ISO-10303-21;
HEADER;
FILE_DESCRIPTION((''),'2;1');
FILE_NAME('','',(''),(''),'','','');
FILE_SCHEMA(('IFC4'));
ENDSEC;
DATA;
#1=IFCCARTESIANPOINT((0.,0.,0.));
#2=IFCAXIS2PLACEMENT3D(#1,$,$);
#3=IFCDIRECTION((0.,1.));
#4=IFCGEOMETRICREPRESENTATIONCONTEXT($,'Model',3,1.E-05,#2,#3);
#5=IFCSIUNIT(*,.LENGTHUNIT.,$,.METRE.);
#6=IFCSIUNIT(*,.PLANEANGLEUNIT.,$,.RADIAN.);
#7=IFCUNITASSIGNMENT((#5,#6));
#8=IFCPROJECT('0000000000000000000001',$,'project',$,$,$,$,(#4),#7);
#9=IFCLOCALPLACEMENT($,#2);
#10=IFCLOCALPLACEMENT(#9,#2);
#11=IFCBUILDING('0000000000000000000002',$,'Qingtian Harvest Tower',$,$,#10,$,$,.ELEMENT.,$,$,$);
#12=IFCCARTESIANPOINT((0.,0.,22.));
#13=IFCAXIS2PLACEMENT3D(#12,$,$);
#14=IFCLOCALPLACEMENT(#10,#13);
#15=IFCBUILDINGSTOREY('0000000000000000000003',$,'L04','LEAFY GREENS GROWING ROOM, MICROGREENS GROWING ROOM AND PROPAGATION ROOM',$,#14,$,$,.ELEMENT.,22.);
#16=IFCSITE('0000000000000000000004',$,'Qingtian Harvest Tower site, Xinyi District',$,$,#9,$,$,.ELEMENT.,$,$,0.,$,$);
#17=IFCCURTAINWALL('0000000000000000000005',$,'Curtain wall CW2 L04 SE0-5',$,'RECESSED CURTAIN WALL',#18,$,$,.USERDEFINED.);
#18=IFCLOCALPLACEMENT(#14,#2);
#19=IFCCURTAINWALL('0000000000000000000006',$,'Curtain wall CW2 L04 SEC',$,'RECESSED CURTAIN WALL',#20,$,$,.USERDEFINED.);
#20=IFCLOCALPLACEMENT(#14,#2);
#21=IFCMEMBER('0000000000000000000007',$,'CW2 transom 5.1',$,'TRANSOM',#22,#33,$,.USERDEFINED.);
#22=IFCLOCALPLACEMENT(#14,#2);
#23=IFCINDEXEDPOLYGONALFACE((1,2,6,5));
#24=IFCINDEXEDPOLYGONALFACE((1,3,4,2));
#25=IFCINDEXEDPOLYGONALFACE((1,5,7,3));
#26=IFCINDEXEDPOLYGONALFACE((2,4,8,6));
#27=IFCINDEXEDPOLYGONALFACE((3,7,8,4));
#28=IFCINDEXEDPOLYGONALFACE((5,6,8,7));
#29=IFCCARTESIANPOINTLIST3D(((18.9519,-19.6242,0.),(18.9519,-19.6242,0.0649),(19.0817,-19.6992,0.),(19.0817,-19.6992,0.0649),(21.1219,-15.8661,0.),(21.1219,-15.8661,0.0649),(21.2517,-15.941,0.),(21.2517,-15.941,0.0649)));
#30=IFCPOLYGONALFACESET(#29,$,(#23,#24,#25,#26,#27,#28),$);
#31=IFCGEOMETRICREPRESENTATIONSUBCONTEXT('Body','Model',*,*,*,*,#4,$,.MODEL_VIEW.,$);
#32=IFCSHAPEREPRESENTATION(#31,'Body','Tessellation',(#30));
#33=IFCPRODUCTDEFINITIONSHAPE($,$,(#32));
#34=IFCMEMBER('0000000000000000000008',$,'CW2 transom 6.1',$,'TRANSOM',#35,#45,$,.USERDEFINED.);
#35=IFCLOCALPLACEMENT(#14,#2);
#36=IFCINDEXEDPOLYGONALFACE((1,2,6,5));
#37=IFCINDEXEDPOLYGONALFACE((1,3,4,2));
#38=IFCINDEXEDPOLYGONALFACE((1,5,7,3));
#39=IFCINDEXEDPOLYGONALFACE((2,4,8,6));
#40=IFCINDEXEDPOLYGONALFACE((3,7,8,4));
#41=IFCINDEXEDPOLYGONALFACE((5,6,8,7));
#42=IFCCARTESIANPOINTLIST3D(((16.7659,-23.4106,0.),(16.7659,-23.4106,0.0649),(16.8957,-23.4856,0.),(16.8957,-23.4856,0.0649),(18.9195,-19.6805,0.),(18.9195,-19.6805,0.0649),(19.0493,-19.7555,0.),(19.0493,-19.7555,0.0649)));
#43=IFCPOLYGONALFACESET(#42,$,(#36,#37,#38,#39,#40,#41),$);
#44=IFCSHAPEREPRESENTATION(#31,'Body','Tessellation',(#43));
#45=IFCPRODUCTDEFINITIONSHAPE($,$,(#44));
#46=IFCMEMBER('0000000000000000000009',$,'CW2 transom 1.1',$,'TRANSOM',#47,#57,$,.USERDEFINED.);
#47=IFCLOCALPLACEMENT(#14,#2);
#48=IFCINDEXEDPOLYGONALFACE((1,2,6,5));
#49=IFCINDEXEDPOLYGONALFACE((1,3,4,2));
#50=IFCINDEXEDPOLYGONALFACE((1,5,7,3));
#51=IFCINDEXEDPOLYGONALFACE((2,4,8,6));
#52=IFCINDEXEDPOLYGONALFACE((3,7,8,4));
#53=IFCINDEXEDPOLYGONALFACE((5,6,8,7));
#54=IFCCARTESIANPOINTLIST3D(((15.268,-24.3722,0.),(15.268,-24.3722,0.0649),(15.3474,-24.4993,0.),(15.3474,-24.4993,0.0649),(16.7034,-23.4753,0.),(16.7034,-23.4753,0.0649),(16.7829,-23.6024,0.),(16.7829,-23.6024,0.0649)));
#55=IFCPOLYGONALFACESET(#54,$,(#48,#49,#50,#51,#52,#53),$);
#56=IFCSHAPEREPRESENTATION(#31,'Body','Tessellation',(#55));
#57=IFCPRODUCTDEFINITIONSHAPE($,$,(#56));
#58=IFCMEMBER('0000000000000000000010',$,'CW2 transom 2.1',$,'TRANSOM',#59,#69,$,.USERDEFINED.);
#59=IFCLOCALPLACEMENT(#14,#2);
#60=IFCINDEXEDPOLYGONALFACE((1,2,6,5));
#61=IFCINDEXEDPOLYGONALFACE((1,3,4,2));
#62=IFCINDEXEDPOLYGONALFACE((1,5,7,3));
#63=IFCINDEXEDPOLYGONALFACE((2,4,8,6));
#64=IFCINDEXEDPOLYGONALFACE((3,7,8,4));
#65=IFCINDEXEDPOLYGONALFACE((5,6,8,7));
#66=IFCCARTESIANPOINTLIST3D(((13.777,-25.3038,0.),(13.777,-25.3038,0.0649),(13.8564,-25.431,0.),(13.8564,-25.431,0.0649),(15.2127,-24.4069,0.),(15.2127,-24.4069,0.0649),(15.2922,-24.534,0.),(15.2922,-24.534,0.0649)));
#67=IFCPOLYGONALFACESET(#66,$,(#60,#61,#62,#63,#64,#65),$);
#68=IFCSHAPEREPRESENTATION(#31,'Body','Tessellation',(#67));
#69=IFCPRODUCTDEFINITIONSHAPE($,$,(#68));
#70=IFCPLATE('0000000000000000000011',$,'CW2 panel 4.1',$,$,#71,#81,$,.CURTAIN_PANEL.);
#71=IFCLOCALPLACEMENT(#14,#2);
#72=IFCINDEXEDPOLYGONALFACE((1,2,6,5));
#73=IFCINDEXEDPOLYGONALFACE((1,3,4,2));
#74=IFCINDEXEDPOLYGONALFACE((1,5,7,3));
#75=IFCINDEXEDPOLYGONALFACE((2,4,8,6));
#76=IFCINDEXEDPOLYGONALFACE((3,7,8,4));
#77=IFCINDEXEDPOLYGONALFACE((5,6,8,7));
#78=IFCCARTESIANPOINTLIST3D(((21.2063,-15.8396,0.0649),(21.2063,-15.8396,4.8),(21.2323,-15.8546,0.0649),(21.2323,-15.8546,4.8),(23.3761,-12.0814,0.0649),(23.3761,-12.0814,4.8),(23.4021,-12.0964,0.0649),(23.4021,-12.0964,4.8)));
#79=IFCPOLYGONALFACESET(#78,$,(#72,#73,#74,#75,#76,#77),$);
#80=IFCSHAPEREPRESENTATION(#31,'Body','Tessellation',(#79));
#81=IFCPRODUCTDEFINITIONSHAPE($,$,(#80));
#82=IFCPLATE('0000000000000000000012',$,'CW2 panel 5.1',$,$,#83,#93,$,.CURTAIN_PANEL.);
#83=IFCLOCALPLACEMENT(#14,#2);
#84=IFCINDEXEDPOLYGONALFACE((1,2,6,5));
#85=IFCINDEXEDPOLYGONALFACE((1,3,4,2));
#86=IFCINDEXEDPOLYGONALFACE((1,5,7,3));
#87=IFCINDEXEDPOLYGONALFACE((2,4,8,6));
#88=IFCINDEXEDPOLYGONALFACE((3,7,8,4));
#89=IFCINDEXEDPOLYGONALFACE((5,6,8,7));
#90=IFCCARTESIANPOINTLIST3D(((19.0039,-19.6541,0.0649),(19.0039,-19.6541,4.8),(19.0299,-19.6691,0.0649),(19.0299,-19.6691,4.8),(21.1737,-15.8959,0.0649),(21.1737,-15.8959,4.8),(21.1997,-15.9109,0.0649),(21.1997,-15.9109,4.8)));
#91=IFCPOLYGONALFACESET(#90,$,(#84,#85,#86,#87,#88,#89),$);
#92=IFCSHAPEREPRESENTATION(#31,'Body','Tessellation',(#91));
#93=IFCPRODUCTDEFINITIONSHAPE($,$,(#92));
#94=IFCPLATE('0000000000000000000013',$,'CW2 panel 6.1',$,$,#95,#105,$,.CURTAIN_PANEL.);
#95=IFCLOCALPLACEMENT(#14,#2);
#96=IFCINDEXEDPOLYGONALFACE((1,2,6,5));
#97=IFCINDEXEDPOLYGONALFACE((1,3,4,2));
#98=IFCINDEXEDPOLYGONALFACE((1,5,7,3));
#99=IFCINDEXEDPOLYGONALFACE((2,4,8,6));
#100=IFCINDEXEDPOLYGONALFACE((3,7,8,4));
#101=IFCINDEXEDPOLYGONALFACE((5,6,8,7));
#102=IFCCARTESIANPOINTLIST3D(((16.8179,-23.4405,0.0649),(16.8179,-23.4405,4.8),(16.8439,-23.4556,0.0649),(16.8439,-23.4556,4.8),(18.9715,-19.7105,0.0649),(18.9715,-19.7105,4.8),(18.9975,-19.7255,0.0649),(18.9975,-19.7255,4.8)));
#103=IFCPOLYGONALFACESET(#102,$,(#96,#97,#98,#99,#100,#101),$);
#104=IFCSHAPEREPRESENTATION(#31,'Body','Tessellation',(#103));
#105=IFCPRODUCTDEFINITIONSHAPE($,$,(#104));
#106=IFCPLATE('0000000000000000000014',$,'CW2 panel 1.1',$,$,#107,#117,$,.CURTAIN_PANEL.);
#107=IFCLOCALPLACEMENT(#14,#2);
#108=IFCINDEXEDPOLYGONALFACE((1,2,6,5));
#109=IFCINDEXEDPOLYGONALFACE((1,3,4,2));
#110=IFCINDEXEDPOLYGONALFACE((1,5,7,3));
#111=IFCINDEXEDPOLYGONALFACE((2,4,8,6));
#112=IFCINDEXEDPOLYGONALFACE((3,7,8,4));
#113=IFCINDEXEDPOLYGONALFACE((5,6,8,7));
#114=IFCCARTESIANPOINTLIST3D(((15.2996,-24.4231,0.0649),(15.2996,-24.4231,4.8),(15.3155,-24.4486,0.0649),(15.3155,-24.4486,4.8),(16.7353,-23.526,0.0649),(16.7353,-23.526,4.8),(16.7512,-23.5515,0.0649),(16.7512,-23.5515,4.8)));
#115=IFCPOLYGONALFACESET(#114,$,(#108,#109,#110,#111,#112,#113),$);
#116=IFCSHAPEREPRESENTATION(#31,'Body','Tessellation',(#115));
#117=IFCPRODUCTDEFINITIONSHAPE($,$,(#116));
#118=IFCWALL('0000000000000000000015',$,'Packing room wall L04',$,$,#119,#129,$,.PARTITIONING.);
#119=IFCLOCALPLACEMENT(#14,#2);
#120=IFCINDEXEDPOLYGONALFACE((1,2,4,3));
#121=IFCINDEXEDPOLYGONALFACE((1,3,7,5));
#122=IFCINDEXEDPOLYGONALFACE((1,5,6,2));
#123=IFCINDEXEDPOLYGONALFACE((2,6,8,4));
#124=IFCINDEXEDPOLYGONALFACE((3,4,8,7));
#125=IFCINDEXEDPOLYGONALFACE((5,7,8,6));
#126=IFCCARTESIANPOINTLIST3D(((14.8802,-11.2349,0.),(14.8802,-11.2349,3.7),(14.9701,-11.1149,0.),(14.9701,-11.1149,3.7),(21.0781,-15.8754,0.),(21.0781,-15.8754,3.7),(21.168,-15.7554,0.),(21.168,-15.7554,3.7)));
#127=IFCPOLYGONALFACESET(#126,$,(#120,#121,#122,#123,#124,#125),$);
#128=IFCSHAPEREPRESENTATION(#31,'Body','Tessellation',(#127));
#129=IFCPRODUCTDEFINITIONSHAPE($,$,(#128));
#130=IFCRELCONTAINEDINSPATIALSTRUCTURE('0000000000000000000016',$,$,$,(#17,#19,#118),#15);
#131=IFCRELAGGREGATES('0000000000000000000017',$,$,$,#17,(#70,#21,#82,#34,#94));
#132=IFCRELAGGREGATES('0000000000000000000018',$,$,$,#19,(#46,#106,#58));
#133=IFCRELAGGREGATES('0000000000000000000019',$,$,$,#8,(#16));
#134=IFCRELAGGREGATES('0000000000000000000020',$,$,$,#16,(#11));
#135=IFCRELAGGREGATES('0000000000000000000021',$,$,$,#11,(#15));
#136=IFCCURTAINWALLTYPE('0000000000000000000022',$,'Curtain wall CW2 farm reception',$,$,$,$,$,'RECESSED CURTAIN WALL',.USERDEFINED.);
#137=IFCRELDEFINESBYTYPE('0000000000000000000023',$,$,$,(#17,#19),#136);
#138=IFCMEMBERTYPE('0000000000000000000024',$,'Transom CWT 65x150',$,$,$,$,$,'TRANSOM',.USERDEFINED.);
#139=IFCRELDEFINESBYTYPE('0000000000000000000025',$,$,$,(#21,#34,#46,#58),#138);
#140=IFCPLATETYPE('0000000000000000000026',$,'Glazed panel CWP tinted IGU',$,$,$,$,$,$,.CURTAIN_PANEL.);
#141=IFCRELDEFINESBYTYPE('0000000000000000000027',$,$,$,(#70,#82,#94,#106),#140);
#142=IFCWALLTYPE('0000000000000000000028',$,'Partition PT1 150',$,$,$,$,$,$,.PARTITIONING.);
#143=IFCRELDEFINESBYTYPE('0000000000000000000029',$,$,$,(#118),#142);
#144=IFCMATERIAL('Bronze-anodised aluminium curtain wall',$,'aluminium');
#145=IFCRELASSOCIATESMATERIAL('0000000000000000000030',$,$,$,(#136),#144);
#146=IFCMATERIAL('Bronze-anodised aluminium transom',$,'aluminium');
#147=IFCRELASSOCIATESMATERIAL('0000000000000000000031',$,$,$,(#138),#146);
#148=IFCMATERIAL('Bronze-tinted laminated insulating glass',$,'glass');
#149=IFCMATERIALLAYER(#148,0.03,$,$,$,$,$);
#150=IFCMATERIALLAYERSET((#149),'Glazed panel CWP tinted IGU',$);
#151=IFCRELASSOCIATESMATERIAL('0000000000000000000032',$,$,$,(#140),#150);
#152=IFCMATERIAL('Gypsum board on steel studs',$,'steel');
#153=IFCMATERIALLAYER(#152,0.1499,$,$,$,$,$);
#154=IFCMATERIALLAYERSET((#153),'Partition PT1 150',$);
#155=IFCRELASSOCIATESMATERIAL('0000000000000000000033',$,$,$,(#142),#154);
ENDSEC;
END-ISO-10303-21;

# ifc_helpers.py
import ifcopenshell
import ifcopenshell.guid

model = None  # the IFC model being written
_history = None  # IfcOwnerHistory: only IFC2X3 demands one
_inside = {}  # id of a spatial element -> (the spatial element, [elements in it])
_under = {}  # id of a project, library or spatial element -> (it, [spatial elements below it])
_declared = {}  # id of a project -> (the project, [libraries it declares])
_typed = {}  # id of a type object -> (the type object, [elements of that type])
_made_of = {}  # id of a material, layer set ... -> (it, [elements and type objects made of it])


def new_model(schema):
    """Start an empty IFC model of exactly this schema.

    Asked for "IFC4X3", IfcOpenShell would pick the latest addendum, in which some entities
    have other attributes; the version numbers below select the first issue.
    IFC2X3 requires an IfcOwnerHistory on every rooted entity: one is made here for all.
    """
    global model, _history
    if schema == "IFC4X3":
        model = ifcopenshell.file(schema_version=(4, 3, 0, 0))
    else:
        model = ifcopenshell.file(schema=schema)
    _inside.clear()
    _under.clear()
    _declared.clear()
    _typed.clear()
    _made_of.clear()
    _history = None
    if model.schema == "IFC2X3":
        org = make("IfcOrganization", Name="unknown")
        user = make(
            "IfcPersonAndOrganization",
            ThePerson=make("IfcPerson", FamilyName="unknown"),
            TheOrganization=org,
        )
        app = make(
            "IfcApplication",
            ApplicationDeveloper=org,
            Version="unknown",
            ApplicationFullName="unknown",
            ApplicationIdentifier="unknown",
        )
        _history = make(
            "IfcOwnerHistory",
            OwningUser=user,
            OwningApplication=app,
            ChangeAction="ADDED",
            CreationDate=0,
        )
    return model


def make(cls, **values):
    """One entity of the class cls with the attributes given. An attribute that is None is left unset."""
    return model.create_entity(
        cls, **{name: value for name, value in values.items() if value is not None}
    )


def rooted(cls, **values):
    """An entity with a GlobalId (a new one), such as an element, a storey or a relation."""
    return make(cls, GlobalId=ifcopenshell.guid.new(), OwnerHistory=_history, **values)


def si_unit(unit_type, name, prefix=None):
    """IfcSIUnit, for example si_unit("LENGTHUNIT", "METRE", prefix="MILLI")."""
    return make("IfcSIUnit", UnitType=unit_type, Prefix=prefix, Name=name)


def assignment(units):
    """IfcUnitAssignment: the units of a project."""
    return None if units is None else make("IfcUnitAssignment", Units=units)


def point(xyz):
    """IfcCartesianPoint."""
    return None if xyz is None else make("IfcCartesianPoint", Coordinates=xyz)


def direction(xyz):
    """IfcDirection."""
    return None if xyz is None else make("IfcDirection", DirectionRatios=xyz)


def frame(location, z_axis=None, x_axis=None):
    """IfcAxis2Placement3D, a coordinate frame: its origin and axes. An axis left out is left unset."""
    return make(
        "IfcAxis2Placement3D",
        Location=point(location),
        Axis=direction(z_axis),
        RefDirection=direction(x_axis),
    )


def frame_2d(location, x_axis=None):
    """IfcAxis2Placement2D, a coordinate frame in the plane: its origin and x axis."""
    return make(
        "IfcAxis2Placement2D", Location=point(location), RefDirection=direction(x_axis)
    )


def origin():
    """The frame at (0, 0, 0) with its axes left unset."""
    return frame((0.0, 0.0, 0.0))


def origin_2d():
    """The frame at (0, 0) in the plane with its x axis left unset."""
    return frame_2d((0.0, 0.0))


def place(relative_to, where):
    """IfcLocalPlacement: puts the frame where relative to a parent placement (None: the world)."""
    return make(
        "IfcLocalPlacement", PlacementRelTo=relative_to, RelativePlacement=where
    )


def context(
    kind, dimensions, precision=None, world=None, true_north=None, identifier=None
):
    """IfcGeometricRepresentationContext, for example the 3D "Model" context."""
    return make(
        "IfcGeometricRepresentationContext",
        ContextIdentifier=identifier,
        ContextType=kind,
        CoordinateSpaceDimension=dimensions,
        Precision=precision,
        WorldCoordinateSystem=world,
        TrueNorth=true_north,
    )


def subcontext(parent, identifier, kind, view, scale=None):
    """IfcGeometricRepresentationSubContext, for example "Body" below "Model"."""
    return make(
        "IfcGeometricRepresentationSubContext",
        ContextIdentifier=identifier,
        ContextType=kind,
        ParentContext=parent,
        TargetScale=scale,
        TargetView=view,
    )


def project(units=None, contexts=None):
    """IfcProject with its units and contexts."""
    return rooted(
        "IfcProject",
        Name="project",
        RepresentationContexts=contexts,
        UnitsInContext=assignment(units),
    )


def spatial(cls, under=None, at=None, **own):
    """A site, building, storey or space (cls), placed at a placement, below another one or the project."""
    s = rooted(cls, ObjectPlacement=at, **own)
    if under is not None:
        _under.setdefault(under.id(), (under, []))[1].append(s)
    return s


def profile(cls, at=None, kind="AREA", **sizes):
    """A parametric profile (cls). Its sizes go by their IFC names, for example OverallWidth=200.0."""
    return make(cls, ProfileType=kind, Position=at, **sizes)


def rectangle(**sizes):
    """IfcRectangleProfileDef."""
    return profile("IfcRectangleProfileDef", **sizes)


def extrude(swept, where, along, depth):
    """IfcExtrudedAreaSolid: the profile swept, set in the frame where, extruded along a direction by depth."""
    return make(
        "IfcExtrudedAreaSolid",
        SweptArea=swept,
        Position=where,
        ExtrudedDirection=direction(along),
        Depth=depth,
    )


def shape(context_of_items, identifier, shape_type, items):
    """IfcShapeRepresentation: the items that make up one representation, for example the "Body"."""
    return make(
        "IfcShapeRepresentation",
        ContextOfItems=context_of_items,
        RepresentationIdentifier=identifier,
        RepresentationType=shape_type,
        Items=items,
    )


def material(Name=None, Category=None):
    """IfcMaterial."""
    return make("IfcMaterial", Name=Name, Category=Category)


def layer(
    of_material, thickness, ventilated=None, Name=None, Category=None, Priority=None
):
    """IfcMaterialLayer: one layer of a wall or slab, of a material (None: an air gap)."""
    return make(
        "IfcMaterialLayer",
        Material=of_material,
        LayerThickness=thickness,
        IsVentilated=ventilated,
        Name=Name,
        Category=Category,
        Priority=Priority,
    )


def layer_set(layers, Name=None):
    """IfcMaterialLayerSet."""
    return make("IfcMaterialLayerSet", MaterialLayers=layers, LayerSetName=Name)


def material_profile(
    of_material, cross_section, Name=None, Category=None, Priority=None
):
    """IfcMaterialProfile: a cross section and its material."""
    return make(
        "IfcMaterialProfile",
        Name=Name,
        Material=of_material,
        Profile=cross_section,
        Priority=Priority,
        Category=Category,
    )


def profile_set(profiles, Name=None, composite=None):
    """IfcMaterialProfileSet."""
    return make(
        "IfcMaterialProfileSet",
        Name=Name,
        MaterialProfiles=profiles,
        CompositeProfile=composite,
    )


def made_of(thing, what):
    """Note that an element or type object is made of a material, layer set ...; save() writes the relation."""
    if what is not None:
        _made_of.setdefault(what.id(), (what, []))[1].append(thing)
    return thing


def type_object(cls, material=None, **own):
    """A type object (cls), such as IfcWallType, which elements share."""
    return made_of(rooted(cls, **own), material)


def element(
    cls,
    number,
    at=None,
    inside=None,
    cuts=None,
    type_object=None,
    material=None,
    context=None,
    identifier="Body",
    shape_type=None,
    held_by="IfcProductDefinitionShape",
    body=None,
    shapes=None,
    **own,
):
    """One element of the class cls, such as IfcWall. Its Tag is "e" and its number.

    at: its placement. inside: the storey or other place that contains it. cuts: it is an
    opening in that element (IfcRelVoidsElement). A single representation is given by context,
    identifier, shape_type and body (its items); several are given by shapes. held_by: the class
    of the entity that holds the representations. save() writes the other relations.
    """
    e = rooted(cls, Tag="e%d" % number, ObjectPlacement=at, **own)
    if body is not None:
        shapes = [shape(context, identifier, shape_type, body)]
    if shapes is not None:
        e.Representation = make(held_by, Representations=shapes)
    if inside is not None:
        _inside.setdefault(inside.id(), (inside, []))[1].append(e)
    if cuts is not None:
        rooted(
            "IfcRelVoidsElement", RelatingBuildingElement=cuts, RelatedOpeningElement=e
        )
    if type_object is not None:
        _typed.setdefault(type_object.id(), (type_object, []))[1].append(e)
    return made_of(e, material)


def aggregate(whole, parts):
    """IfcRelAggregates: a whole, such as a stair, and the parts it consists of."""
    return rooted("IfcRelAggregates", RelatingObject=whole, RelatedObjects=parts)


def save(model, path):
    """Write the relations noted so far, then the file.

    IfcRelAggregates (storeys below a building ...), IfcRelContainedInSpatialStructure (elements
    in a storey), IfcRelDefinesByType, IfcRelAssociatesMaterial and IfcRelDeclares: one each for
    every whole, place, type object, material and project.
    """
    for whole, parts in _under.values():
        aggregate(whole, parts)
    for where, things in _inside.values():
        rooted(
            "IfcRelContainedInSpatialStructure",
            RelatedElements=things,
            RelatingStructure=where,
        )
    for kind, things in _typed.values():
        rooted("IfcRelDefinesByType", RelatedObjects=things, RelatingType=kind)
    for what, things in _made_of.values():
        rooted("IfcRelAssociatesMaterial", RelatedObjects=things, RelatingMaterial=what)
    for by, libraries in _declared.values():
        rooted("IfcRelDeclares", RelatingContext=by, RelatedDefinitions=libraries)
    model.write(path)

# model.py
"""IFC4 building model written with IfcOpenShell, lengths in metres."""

from ifc_helpers import new_model, si_unit, direction, frame, frame_2d, origin, origin_2d, place, context, subcontext, project, spatial, rectangle, extrude, material, layer, layer_set, material_profile, profile_set, type_object, element, aggregate, save


model = new_model("IFC4")

# Units and contexts
model_context = context("Model", 3, precision=1e-05, world=origin(), true_north=direction((0.0, 1.0)))
body_context = subcontext(model_context, "Body", "Model", "MODEL_VIEW")
ifc_project = project(units=[si_unit("LENGTHUNIT", "METRE"), si_unit("PLANEANGLEUNIT", "RADIAN")], contexts=[model_context])

# Site, building, storey
site_placement = place(None, origin())
site = spatial("IfcSite", under=ifc_project, at=site_placement, Name="Qingtian Harvest Tower site, Xinyi District", CompositionType="ELEMENT", RefElevation=0.0)
building_placement = place(site_placement, origin())
building = spatial("IfcBuilding", under=site, at=building_placement, Name="Qingtian Harvest Tower", CompositionType="ELEMENT")
storey_placement = place(building_placement, frame((0.0, 0.0, 22.0)))
storey = spatial("IfcBuildingStorey", under=building, at=storey_placement, Name="L04", Description="LEAFY GREENS GROWING ROOM, MICROGREENS GROWING ROOM AND PROPAGATION ROOM", CompositionType="ELEMENT", Elevation=22.0)

# Curtain walls
ifc_material_1 = material(Name="Bronze-anodised aluminium curtain wall", Category="aluminium")
curtain_wall_type = type_object("IfcCurtainWallType", Name="Curtain wall CW2 farm reception", ElementType="RECESSED CURTAIN WALL", PredefinedType="USERDEFINED", material=ifc_material_1)
curtain_wall_1_placement = place(storey_placement, origin())
curtain_wall_1 = element("IfcCurtainWall", 1, at=curtain_wall_1_placement, inside=storey, type_object=curtain_wall_type, Name="Curtain wall CW2 L04 SE0-5", ObjectType="RECESSED CURTAIN WALL", PredefinedType="USERDEFINED")
curtain_wall_2_placement = place(storey_placement, origin())
curtain_wall_2 = element("IfcCurtainWall", 2, at=curtain_wall_2_placement, inside=storey, type_object=curtain_wall_type, Name="Curtain wall CW2 L04 SEC", ObjectType="RECESSED CURTAIN WALL", PredefinedType="USERDEFINED")

# Members
ifc_material_2 = material(Name="Bronze-anodised aluminium transom", Category="aluminium")
ifc_material_profile_1 = material_profile(ifc_material_2, rectangle(XDim=0.1499, YDim=0.0649, at=origin_2d()), Name="AL 65x150")
ifc_profile_set_1 = profile_set([ifc_material_profile_1], Name="Bronze-anodised aluminium transom")
member_type_1 = type_object("IfcMemberType", Name="Transom CWT 65x150", ElementType="TRANSOM", PredefinedType="USERDEFINED", material=ifc_profile_set_1)
member_1_placement = place(storey_placement, frame((21.1868, -15.9036, 0.0325), z_axis=(-0.500036, -0.866005, 0.0), x_axis=(0.866005, -0.500036, 0.0)))
member_1 = element("IfcMember", 3, at=member_1_placement, type_object=member_type_1, Name="CW2 transom 5.1", ObjectType="TRANSOM", PredefinedType="USERDEFINED", context=body_context, shape_type="SweptSolid", body=[
    extrude(rectangle(XDim=0.1499, YDim=0.0649, at=origin_2d()), origin(), (0.0, 0.0, 1.0), 4.3396),
])
member_2_placement = place(storey_placement, frame((18.9844, -19.718, 0.0325), z_axis=(-0.50001, -0.866019, 0.0), x_axis=(0.866019, -0.50001, 0.0)))
member_2 = element("IfcMember", 4, at=member_2_placement, type_object=member_type_1, Name="CW2 transom 6.1", ObjectType="TRANSOM", PredefinedType="USERDEFINED", context=body_context, shape_type="SweptSolid", body=[
    extrude(rectangle(XDim=0.1499, YDim=0.0649, at=origin_2d()), origin(), (0.0, 0.0, 1.0), 4.3071),
])
member_3_placement = place(storey_placement, frame((16.7432, -23.5388, 0.0325), z_axis=(-0.848063, -0.529895, 0.0), x_axis=(0.529895, -0.848063, 0.0)))
member_3 = element("IfcMember", 5, at=member_3_placement, type_object=member_type_1, Name="CW2 transom 1.1", ObjectType="TRANSOM", PredefinedType="USERDEFINED", context=body_context, shape_type="SweptSolid", body=[
    extrude(rectangle(XDim=0.1499, YDim=0.0649, at=origin_2d()), origin(), (0.0, 0.0, 1.0), 1.6926),
])
member_4_placement = place(storey_placement, frame((15.2524, -24.4705, 0.0325), z_axis=(-0.848104, -0.52983, 0.0), x_axis=(0.52983, -0.848104, 0.0)))
member_4 = element("IfcMember", 6, at=member_4_placement, type_object=member_type_1, Name="CW2 transom 2.1", ObjectType="TRANSOM", PredefinedType="USERDEFINED", context=body_context, shape_type="SweptSolid", body=[
    extrude(rectangle(XDim=0.1499, YDim=0.0649, at=origin_2d()), origin(), (0.0, 0.0, 1.0), 1.6929),
])

# Plates
ifc_material_3 = material(Name="Bronze-tinted laminated insulating glass", Category="glass")
ifc_layer_1 = layer(ifc_material_3, 0.03)
ifc_layer_set_1 = layer_set([ifc_layer_1], Name="Glazed panel CWP tinted IGU")
plate_type = type_object("IfcPlateType", Name="Glazed panel CWP tinted IGU", PredefinedType="CURTAIN_PANEL", material=ifc_layer_set_1)
plate_1_placement = place(storey_placement, frame((22.3042, -13.968, 0.0649), z_axis=(0.0, 0.0, 1.0), x_axis=(-0.5, -0.866025, 0.0)))
plate_1 = element("IfcPlate", 7, at=plate_1_placement, type_object=plate_type, Name="CW2 panel 4.1", PredefinedType="CURTAIN_PANEL", context=body_context, shape_type="SweptSolid", body=[
    extrude(rectangle(XDim=4.3396, YDim=0.03, at=origin_2d()), origin(), (0.0, 0.0, 1.0), 4.7351),
])
plate_2_placement = place(storey_placement, frame((20.1018, -17.7825, 0.0649), z_axis=(0.0, 0.0, 1.0), x_axis=(-0.5, -0.866025, 0.0)))
plate_2 = element("IfcPlate", 8, at=plate_2_placement, type_object=plate_type, Name="CW2 panel 5.1", PredefinedType="CURTAIN_PANEL", context=body_context, shape_type="SweptSolid", body=[
    extrude(rectangle(XDim=4.3396, YDim=0.03, at=origin_2d()), origin(), (0.0, 0.0, 1.0), 4.7351),
])
plate_3_placement = place(storey_placement, frame((17.9077, -21.583, 0.0649), z_axis=(0.0, 0.0, 1.0), x_axis=(-0.5, -0.866025, 0.0)))
plate_3 = element("IfcPlate", 9, at=plate_3_placement, type_object=plate_type, Name="CW2 panel 6.1", PredefinedType="CURTAIN_PANEL", context=body_context, shape_type="SweptSolid", body=[
    extrude(rectangle(XDim=4.3071, YDim=0.03, at=origin_2d()), origin(), (0.0, 0.0, 1.0), 4.7351),
])
aggregate(curtain_wall_1, [plate_1, member_1, plate_2, member_2, plate_3])
plate_4_placement = place(storey_placement, frame((16.0254, -23.9873, 0.0649), z_axis=(0.0, 0.0, 1.0), x_axis=(-0.848048, -0.529919, 0.0)))
plate_4 = element("IfcPlate", 10, at=plate_4_placement, type_object=plate_type, Name="CW2 panel 1.1", PredefinedType="CURTAIN_PANEL", context=body_context, shape_type="SweptSolid", body=[
    extrude(rectangle(XDim=1.6929, YDim=0.03, at=origin_2d()), origin(), (0.0, 0.0, 1.0), 4.7351),
])
aggregate(curtain_wall_2, [member_3, plate_4, member_4])

# Wall
ifc_material_4 = material(Name="Gypsum board on steel studs", Category="steel")
ifc_layer_2 = layer(ifc_material_4, 0.1499)
ifc_layer_set_2 = layer_set([ifc_layer_2], Name="Partition PT1 150")
wall_type = type_object("IfcWallType", Name="Partition PT1 150", PredefinedType="PARTITIONING", material=ifc_layer_set_2)
wall_placement = place(storey_placement, frame((21.123, -15.8154, 0.0), z_axis=(0.0, 0.0, 1.0), x_axis=(-0.800488, 0.599349, 0.0)))
element("IfcWall", 11, at=wall_placement, inside=storey, type_object=wall_type, Name="Packing room wall L04", PredefinedType="PARTITIONING", context=body_context, shape_type="SweptSolid", body=[
    extrude(rectangle(XDim=7.7427, YDim=0.1499, at=frame_2d((3.8713, 0.0))), origin(), (0.0, 0.0, 1.0), 3.7),
])

save(model, "model.ifc")
